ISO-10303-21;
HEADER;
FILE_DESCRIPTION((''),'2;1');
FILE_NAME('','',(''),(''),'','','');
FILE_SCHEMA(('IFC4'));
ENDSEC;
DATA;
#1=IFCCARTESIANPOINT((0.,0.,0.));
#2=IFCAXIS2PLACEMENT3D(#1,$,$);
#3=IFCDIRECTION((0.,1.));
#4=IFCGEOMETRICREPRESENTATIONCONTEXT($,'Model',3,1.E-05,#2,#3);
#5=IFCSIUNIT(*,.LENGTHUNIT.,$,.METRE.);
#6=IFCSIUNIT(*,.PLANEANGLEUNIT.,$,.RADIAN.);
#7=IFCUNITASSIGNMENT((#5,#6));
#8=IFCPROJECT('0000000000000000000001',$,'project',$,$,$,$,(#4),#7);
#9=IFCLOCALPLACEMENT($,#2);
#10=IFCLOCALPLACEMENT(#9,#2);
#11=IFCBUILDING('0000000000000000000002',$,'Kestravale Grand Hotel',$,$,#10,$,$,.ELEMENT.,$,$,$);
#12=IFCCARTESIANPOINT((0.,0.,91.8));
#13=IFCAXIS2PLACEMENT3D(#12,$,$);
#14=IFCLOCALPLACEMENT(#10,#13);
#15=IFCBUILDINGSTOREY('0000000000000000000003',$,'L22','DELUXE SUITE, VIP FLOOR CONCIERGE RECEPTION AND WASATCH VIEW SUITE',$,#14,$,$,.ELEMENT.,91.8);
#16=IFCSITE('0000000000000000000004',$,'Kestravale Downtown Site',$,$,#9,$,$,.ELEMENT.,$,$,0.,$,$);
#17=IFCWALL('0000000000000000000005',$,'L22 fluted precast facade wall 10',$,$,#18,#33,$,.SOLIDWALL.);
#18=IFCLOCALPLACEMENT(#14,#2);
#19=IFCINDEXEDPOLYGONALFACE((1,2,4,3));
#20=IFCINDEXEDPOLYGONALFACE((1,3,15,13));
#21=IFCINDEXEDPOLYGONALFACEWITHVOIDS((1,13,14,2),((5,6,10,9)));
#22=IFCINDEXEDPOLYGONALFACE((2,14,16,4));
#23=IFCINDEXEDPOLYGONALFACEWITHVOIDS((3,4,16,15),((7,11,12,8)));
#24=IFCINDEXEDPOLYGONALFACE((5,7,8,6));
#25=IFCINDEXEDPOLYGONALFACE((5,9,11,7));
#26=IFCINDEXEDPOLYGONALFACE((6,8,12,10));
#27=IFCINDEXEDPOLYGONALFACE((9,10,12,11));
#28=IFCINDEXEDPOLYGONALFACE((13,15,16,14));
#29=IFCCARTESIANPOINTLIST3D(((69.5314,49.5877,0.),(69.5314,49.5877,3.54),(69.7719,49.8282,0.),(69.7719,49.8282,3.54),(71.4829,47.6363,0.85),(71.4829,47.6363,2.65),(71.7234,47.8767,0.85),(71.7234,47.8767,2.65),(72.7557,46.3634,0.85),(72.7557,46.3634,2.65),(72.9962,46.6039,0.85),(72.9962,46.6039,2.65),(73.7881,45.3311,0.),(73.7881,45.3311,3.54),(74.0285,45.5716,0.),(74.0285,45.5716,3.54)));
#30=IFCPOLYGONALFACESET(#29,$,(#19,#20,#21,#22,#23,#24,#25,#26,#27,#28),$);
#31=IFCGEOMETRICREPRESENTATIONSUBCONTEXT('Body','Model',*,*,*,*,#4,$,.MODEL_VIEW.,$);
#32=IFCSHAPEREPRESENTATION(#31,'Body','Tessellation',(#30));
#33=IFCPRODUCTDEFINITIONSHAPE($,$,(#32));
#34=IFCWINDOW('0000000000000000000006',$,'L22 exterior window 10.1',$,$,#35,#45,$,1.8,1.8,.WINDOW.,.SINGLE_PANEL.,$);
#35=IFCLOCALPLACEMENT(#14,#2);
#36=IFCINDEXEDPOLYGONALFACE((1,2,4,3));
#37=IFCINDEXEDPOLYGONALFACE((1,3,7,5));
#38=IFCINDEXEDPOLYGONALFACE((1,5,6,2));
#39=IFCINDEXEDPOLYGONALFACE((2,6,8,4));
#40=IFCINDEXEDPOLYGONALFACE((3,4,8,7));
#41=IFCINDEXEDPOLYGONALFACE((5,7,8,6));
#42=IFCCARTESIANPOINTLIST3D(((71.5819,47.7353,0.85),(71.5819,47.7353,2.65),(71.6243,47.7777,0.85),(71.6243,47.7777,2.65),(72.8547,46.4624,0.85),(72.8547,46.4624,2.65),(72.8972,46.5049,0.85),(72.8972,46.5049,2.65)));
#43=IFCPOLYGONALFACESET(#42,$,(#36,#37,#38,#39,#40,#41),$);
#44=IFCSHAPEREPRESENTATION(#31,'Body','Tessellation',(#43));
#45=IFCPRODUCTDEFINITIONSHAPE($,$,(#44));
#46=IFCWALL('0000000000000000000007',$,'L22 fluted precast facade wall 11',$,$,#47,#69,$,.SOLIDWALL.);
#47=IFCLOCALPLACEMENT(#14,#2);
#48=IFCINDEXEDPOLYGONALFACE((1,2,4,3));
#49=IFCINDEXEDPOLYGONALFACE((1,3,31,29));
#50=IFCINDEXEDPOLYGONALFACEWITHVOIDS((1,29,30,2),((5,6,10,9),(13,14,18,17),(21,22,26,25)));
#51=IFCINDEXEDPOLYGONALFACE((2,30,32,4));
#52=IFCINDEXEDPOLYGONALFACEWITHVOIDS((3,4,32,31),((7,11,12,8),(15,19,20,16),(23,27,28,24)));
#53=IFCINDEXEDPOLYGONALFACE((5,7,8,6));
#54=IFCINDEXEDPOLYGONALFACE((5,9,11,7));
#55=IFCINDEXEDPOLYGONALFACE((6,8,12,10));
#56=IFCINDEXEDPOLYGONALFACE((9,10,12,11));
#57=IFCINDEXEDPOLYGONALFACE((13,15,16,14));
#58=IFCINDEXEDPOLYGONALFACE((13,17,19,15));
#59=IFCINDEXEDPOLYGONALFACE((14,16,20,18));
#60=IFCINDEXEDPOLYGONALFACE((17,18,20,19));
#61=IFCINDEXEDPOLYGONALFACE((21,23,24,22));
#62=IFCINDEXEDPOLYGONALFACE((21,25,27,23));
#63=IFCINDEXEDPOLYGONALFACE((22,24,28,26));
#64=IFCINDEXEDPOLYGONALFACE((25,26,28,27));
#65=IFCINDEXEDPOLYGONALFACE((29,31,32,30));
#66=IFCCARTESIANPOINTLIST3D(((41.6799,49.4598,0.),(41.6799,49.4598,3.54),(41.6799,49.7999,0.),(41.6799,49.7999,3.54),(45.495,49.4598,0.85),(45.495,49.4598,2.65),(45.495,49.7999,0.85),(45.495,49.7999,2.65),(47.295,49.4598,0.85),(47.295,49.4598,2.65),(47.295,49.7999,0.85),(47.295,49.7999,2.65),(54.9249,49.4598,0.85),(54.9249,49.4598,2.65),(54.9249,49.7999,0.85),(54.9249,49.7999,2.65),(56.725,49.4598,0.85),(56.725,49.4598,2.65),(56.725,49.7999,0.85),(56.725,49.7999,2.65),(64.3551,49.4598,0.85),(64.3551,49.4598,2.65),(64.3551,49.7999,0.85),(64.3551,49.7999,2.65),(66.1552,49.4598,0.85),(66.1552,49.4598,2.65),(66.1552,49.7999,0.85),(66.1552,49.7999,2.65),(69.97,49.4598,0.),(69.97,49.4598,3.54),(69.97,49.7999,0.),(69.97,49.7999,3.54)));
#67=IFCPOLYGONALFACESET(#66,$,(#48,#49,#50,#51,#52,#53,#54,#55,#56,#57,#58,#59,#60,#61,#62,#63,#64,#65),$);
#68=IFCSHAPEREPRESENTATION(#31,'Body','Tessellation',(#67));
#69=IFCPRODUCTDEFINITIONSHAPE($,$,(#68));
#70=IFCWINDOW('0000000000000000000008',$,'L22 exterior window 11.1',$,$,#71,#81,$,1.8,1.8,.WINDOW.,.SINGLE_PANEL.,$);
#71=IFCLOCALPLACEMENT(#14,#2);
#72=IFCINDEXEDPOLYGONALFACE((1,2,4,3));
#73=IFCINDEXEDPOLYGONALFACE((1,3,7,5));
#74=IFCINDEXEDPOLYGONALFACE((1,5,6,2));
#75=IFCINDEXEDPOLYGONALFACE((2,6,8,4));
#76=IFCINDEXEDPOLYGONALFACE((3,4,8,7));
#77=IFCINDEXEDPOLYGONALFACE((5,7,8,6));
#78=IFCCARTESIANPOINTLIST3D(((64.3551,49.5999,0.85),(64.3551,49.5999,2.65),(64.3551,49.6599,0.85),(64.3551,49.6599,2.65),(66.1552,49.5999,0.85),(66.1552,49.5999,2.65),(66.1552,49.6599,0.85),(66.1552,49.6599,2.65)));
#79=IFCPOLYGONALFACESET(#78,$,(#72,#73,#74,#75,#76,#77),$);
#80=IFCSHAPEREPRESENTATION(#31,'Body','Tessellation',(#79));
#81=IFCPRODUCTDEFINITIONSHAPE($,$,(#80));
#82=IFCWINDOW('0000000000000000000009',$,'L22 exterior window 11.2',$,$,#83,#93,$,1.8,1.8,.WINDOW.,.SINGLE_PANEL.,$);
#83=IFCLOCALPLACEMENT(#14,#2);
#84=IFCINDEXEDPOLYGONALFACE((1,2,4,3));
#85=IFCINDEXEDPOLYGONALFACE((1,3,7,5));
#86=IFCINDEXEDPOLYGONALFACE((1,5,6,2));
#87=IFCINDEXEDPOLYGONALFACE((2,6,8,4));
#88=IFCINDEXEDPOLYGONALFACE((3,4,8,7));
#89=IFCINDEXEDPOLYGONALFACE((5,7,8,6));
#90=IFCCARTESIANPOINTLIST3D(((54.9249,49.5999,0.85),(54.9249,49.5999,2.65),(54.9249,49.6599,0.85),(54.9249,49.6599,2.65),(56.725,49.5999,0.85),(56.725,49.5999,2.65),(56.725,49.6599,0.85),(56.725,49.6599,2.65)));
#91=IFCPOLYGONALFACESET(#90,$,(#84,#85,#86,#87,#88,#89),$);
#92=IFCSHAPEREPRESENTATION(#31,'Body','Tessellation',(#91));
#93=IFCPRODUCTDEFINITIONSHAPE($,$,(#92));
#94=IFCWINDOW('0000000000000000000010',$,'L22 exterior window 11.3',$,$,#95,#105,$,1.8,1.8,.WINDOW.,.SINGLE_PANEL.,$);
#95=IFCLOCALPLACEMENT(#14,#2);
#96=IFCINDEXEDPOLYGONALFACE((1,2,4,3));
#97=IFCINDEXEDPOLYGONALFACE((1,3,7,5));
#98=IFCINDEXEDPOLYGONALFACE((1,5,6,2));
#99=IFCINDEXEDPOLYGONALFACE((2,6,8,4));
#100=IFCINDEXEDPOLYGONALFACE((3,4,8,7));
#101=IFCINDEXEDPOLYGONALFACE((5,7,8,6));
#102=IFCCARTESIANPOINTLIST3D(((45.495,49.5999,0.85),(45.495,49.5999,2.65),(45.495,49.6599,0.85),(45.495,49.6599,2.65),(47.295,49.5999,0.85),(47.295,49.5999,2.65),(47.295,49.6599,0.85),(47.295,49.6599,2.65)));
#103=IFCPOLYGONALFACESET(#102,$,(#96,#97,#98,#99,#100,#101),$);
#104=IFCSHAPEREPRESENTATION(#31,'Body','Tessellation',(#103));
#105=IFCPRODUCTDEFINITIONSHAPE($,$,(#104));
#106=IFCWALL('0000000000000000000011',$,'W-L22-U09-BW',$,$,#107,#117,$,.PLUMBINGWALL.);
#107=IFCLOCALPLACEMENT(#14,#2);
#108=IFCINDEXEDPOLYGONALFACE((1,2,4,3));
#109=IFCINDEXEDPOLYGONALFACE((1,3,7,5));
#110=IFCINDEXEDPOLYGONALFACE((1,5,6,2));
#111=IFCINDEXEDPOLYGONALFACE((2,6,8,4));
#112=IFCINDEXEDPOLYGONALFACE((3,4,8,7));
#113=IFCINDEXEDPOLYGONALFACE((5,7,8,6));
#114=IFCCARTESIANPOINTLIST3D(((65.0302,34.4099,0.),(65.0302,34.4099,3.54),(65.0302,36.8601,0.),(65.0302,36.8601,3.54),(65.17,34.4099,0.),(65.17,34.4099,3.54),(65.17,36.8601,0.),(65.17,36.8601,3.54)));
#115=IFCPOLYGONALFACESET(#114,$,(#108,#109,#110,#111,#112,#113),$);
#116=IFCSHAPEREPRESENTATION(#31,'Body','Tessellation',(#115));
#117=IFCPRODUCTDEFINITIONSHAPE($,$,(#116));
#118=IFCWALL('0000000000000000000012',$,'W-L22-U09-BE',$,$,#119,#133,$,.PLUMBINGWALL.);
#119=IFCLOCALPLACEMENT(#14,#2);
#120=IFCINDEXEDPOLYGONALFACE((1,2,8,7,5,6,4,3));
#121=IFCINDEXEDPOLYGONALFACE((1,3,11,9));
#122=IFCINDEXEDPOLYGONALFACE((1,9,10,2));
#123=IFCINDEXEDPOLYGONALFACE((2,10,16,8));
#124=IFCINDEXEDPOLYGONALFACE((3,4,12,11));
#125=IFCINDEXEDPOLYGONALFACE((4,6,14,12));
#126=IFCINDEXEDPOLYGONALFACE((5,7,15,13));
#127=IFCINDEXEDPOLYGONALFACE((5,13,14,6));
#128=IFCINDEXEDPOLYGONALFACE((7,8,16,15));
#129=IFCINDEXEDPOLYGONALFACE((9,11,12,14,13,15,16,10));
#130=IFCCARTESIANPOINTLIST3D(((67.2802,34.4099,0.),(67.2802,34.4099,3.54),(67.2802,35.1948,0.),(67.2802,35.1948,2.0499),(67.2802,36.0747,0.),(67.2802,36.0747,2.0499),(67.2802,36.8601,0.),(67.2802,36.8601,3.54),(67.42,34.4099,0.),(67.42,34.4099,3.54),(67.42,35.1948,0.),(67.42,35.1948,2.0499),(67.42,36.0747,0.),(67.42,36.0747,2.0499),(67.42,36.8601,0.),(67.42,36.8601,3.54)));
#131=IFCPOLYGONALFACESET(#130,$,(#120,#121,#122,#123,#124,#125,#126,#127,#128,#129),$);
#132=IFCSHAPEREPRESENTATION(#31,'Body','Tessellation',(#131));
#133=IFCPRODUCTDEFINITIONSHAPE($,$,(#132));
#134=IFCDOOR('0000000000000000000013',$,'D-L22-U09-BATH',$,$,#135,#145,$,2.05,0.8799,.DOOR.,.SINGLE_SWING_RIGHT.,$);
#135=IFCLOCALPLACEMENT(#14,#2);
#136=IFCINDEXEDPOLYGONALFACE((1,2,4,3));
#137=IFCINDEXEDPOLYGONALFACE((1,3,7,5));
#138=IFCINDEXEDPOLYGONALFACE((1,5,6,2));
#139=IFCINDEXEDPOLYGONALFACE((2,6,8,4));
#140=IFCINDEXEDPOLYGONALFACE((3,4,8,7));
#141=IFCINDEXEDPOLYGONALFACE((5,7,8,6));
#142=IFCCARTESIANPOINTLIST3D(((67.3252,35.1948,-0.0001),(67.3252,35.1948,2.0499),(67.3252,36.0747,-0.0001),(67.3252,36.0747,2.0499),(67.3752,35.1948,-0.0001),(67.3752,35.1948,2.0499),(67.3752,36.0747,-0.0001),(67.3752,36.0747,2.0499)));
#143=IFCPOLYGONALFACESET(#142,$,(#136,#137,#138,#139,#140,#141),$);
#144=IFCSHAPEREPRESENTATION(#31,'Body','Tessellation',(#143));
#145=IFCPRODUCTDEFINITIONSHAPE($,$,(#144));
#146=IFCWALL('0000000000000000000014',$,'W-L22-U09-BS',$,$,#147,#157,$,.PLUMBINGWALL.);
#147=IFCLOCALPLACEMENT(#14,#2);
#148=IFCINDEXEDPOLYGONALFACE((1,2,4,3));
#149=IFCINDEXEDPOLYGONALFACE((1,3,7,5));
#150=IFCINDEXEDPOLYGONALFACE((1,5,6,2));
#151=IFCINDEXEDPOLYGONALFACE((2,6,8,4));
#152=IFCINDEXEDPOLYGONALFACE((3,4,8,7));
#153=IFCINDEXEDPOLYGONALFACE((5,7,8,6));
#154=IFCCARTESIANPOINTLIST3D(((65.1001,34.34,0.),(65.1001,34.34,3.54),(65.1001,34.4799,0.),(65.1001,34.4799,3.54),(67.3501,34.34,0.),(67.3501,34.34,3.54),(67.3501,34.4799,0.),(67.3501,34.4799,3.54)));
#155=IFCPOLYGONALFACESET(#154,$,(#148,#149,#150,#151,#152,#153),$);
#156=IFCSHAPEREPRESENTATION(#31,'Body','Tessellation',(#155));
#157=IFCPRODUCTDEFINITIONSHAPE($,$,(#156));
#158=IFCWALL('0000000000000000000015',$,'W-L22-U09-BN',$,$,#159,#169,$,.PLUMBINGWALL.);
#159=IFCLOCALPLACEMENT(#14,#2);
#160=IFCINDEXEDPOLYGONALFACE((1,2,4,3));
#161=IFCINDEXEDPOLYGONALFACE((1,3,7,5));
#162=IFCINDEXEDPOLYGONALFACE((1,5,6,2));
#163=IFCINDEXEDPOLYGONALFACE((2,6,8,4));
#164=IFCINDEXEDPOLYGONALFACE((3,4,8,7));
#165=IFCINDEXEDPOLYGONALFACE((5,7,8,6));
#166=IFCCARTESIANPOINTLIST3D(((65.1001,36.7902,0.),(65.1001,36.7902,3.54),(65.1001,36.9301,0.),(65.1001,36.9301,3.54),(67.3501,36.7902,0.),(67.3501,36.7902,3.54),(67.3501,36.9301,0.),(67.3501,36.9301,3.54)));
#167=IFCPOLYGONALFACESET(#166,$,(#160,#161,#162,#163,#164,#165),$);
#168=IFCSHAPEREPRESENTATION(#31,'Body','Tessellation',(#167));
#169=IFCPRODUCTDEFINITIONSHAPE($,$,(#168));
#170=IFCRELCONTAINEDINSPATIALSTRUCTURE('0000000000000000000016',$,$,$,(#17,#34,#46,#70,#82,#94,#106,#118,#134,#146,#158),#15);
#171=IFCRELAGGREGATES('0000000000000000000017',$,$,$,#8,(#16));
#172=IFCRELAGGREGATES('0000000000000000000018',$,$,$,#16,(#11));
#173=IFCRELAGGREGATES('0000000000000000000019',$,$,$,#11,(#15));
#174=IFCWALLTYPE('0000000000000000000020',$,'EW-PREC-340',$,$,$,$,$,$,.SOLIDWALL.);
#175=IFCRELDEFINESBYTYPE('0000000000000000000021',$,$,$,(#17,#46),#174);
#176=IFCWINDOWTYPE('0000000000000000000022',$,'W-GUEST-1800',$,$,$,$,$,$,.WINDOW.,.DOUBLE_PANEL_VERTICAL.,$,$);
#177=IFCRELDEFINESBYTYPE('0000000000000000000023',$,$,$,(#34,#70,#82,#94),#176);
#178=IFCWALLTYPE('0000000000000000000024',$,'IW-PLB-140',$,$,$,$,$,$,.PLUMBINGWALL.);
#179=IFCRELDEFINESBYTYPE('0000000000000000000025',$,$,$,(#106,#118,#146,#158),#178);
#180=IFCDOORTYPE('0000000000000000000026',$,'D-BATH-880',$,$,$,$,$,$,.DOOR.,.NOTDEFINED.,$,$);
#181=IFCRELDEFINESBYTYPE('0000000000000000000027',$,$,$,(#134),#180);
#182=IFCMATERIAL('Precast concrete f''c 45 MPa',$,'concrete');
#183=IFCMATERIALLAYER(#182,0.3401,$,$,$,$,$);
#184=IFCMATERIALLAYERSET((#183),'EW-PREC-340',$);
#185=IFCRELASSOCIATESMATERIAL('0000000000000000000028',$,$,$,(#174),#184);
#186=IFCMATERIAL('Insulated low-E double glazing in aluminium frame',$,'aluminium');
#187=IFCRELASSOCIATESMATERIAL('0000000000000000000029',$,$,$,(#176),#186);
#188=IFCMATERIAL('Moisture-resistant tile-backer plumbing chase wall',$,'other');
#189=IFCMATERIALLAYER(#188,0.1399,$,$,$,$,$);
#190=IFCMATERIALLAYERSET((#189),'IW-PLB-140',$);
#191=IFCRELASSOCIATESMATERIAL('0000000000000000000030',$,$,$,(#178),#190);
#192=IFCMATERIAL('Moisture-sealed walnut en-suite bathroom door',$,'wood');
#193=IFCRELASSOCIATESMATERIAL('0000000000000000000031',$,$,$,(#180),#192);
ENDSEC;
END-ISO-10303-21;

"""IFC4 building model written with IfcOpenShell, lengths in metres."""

from ifc_helpers import new_model, si_unit, direction, frame, frame_2d, origin, place, context, subcontext, project, spatial, rectangle, extrude, material, layer, layer_set, type_object, element, fill, save


model = new_model("IFC4")

# Units and contexts
model_context = context("Model", 3, precision=1e-05, world=origin(), true_north=direction((0.0, 1.0)))
body_context = subcontext(model_context, "Body", "Model", "MODEL_VIEW")
ifc_project = project(units=[si_unit("LENGTHUNIT", "METRE"), si_unit("PLANEANGLEUNIT", "RADIAN")], contexts=[model_context])

# Site, building, storey
site_placement = place(None, origin())
site = spatial("IfcSite", under=ifc_project, at=site_placement, Name="Kestravale Downtown Site", CompositionType="ELEMENT", RefElevation=0.0)
building_placement = place(site_placement, origin())
building = spatial("IfcBuilding", under=site, at=building_placement, Name="Kestravale Grand Hotel", CompositionType="ELEMENT")
storey_placement = place(building_placement, frame((0.0, 0.0, 91.8)))
storey = spatial("IfcBuildingStorey", under=building, at=storey_placement, Name="L22", Description="DELUXE SUITE, VIP FLOOR CONCIERGE RECEPTION AND WASATCH VIEW SUITE", CompositionType="ELEMENT", Elevation=91.8)

# Wall, opening, window
ifc_material_1 = material(Name="Precast concrete f'c 45 MPa", Category="concrete")
ifc_layer_1 = layer(ifc_material_1, 0.3401)
ifc_layer_set_1 = layer_set([ifc_layer_1], Name="EW-PREC-340")
wall_type_1 = type_object("IfcWallType", Name="EW-PREC-340", PredefinedType="SOLIDWALL", material=ifc_layer_set_1)
wall_1_placement = place(storey_placement, frame((73.9082, 45.4514, 0.0), z_axis=(0.0, 0.0, 1.0), x_axis=(-0.707107, 0.707107, 0.0)))
wall_1 = element("IfcWall", 1, at=wall_1_placement, inside=storey, type_object=wall_type_1, Name="L22 fluted precast facade wall 10", PredefinedType="SOLIDWALL", context=body_context, shape_type="SweptSolid", body=[
    extrude(rectangle(XDim=6.0198, YDim=0.3401, at=frame_2d((3.0098, 0.0))), origin(), (0.0, 0.0, 1.0), 3.54),
])
opening_1_placement = place(wall_1_placement, frame((1.46, 0.0, 0.8501)))
opening_1 = element("IfcOpeningElement", 2, at=opening_1_placement, cuts=wall_1, PredefinedType="OPENING", context=body_context, shape_type="SweptSolid", body=[
    extrude(rectangle(XDim=1.8, YDim=1.8, at=frame_2d((0.8999, 0.8999))), frame((0.0, 0.1799, 0.0), z_axis=(0.0, -1.0, 0.0), x_axis=(1.0, 0.0, 0.0)), (0.0, 0.0, 1.0), 0.3601),
])
ifc_material_2 = material(Name="Insulated low-E double glazing in aluminium frame", Category="aluminium")
window_type = type_object("IfcWindowType", Name="W-GUEST-1800", PartitioningType="DOUBLE_PANEL_VERTICAL", PredefinedType="WINDOW", material=ifc_material_2)
window_1_placement = place(opening_1_placement, origin())
window_1 = element("IfcWindow", 3, at=window_1_placement, inside=storey, type_object=window_type, Name="L22 exterior window 10.1", OverallHeight=1.8, OverallWidth=1.8, PartitioningType="SINGLE_PANEL", PredefinedType="WINDOW", context=body_context, shape_type="SweptSolid", body=[
    extrude(rectangle(XDim=1.8, YDim=1.8, at=frame_2d((0.8999, 0.8999))), frame((0.0, 0.03, 0.0), z_axis=(0.0, -1.0, 0.0), x_axis=(1.0, 0.0, 0.0)), (0.0, 0.0, 1.0), 0.0601),
])
fill(opening_1, window_1)

# Wall, openings, windows
wall_2_placement = place(storey_placement, frame((69.97, 49.6299, 0.0), z_axis=(0.0, 0.0, 1.0), x_axis=(-1.0, 0.0, 0.0)))
wall_2 = element("IfcWall", 4, at=wall_2_placement, inside=storey, type_object=wall_type_1, Name="L22 fluted precast facade wall 11", PredefinedType="SOLIDWALL", context=body_context, shape_type="SweptSolid", body=[
    extrude(rectangle(XDim=28.29, YDim=0.3401, at=frame_2d((14.145, 0.0))), origin(), (0.0, 0.0, 1.0), 3.54),
])
opening_2_placement = place(wall_2_placement, frame((3.8149, 0.0, 0.8501)))
opening_2 = element("IfcOpeningElement", 5, at=opening_2_placement, cuts=wall_2, PredefinedType="OPENING", context=body_context, shape_type="SweptSolid", body=[
    extrude(rectangle(XDim=1.8, YDim=1.8, at=frame_2d((0.8999, 0.8999))), frame((0.0, 0.1799, 0.0), z_axis=(0.0, -1.0, 0.0), x_axis=(1.0, 0.0, 0.0)), (0.0, 0.0, 1.0), 0.3601),
])
opening_3_placement = place(wall_2_placement, frame((13.2451, 0.0, 0.8501)))
opening_3 = element("IfcOpeningElement", 6, at=opening_3_placement, cuts=wall_2, PredefinedType="OPENING", context=body_context, shape_type="SweptSolid", body=[
    extrude(rectangle(XDim=1.8, YDim=1.8, at=frame_2d((0.8999, 0.8999))), frame((0.0, 0.1799, 0.0), z_axis=(0.0, -1.0, 0.0), x_axis=(1.0, 0.0, 0.0)), (0.0, 0.0, 1.0), 0.3601),
])
opening_4_placement = place(wall_2_placement, frame((22.675, 0.0, 0.8501)))
opening_4 = element("IfcOpeningElement", 7, at=opening_4_placement, cuts=wall_2, PredefinedType="OPENING", context=body_context, shape_type="SweptSolid", body=[
    extrude(rectangle(XDim=1.8, YDim=1.8, at=frame_2d((0.8999, 0.8999))), frame((0.0, 0.1799, 0.0), z_axis=(0.0, -1.0, 0.0), x_axis=(1.0, 0.0, 0.0)), (0.0, 0.0, 1.0), 0.3601),
])
window_2_placement = place(opening_2_placement, origin())
window_2 = element("IfcWindow", 8, at=window_2_placement, inside=storey, type_object=window_type, Name="L22 exterior window 11.1", OverallHeight=1.8, OverallWidth=1.8, PartitioningType="SINGLE_PANEL", PredefinedType="WINDOW", context=body_context, shape_type="SweptSolid", body=[
    extrude(rectangle(XDim=1.8, YDim=1.8, at=frame_2d((0.8999, 0.8999))), frame((0.0, 0.03, 0.0), z_axis=(0.0, -1.0, 0.0), x_axis=(1.0, 0.0, 0.0)), (0.0, 0.0, 1.0), 0.0601),
])
fill(opening_2, window_2)
window_3_placement = place(opening_3_placement, origin())
window_3 = element("IfcWindow", 9, at=window_3_placement, inside=storey, type_object=window_type, Name="L22 exterior window 11.2", OverallHeight=1.8, OverallWidth=1.8, PartitioningType="SINGLE_PANEL", PredefinedType="WINDOW", context=body_context, shape_type="SweptSolid", body=[
    extrude(rectangle(XDim=1.8, YDim=1.8, at=frame_2d((0.8999, 0.8999))), frame((0.0, 0.03, 0.0), z_axis=(0.0, -1.0, 0.0), x_axis=(1.0, 0.0, 0.0)), (0.0, 0.0, 1.0), 0.0601),
])
fill(opening_3, window_3)
window_4_placement = place(opening_4_placement, origin())
window_4 = element("IfcWindow", 10, at=window_4_placement, inside=storey, type_object=window_type, Name="L22 exterior window 11.3", OverallHeight=1.8, OverallWidth=1.8, PartitioningType="SINGLE_PANEL", PredefinedType="WINDOW", context=body_context, shape_type="SweptSolid", body=[
    extrude(rectangle(XDim=1.8, YDim=1.8, at=frame_2d((0.8999, 0.8999))), frame((0.0, 0.03, 0.0), z_axis=(0.0, -1.0, 0.0), x_axis=(1.0, 0.0, 0.0)), (0.0, 0.0, 1.0), 0.0601),
])
fill(opening_4, window_4)

# Wall
ifc_material_3 = material(Name="Moisture-resistant tile-backer plumbing chase wall", Category="other")
ifc_layer_2 = layer(ifc_material_3, 0.1399)
ifc_layer_set_2 = layer_set([ifc_layer_2], Name="IW-PLB-140")
wall_type_2 = type_object("IfcWallType", Name="IW-PLB-140", PredefinedType="PLUMBINGWALL", material=ifc_layer_set_2)
wall_3_placement = place(storey_placement, frame((65.1001, 34.4099, 0.0), z_axis=(0.0, 0.0, 1.0), x_axis=(0.0, 1.0, 0.0)))
element("IfcWall", 11, at=wall_3_placement, inside=storey, type_object=wall_type_2, Name="W-L22-U09-BW", PredefinedType="PLUMBINGWALL", context=body_context, shape_type="SweptSolid", body=[
    extrude(rectangle(XDim=2.4502, YDim=0.1399, at=frame_2d((1.2251, 0.0))), origin(), (0.0, 0.0, 1.0), 3.54),
])

# Wall, opening, door
wall_4_placement = place(storey_placement, frame((67.3501, 34.4099, 0.0), z_axis=(0.0, 0.0, 1.0), x_axis=(0.0, 1.0, 0.0)))
wall_4 = element("IfcWall", 12, at=wall_4_placement, inside=storey, type_object=wall_type_2, Name="W-L22-U09-BE", PredefinedType="PLUMBINGWALL", context=body_context, shape_type="SweptSolid", body=[
    extrude(rectangle(XDim=2.4502, YDim=0.1399, at=frame_2d((1.2251, 0.0))), origin(), (0.0, 0.0, 1.0), 3.54),
])
opening_5_placement = place(wall_4_placement, frame((0.7849, 0.0, 0.0)))
opening_5 = element("IfcOpeningElement", 13, at=opening_5_placement, cuts=wall_4, PredefinedType="OPENING", context=body_context, shape_type="SweptSolid", body=[
    extrude(rectangle(XDim=0.8799, YDim=2.05, at=frame_2d((0.4399, 1.0249))), frame((0.0, 0.0798, 0.0), z_axis=(0.0, -1.0, 0.0), x_axis=(1.0, 0.0, 0.0)), (0.0, 0.0, 1.0), 0.1599),
])
ifc_material_4 = material(Name="Moisture-sealed walnut en-suite bathroom door", Category="wood")
door_type = type_object("IfcDoorType", Name="D-BATH-880", OperationType="NOTDEFINED", PredefinedType="DOOR", material=ifc_material_4)
door_placement = place(opening_5_placement, origin())
door = element("IfcDoor", 14, at=door_placement, inside=storey, type_object=door_type, Name="D-L22-U09-BATH", OperationType="SINGLE_SWING_RIGHT", OverallHeight=2.05, OverallWidth=0.8799, PredefinedType="DOOR", context=body_context, shape_type="SweptSolid", body=[
    extrude(rectangle(XDim=0.8799, YDim=2.05, at=frame_2d((0.4399, 1.0249))), frame((0.0, 0.0249, 0.0), z_axis=(0.0, -1.0, 0.0), x_axis=(1.0, 0.0, 0.0)), (0.0, 0.0, 1.0), 0.05),
])
fill(opening_5, door)

# Walls
for number, where, z_axis, x_axis, name in (
    (15, (65.1001, 34.4099, 0.0), (0.0, 0.0, 1.0), (1.0, 0.0, 0.0), "W-L22-U09-BS"),
    (16, (65.1001, 36.8601, 0.0), (0.0, 0.0, 1.0), (1.0, 0.0, 0.0), "W-L22-U09-BN"),
):
    element("IfcWall", number, at=place(storey_placement, frame(where, z_axis=z_axis, x_axis=x_axis)), inside=storey, type_object=wall_type_2, Name=name, PredefinedType="PLUMBINGWALL", context=body_context, shape_type="SweptSolid", body=[
        extrude(rectangle(XDim=2.25, YDim=0.1399, at=frame_2d((1.125, 0.0))), origin(), (0.0, 0.0, 1.0), 3.54),
    ])

save(model, "model.ifc")
